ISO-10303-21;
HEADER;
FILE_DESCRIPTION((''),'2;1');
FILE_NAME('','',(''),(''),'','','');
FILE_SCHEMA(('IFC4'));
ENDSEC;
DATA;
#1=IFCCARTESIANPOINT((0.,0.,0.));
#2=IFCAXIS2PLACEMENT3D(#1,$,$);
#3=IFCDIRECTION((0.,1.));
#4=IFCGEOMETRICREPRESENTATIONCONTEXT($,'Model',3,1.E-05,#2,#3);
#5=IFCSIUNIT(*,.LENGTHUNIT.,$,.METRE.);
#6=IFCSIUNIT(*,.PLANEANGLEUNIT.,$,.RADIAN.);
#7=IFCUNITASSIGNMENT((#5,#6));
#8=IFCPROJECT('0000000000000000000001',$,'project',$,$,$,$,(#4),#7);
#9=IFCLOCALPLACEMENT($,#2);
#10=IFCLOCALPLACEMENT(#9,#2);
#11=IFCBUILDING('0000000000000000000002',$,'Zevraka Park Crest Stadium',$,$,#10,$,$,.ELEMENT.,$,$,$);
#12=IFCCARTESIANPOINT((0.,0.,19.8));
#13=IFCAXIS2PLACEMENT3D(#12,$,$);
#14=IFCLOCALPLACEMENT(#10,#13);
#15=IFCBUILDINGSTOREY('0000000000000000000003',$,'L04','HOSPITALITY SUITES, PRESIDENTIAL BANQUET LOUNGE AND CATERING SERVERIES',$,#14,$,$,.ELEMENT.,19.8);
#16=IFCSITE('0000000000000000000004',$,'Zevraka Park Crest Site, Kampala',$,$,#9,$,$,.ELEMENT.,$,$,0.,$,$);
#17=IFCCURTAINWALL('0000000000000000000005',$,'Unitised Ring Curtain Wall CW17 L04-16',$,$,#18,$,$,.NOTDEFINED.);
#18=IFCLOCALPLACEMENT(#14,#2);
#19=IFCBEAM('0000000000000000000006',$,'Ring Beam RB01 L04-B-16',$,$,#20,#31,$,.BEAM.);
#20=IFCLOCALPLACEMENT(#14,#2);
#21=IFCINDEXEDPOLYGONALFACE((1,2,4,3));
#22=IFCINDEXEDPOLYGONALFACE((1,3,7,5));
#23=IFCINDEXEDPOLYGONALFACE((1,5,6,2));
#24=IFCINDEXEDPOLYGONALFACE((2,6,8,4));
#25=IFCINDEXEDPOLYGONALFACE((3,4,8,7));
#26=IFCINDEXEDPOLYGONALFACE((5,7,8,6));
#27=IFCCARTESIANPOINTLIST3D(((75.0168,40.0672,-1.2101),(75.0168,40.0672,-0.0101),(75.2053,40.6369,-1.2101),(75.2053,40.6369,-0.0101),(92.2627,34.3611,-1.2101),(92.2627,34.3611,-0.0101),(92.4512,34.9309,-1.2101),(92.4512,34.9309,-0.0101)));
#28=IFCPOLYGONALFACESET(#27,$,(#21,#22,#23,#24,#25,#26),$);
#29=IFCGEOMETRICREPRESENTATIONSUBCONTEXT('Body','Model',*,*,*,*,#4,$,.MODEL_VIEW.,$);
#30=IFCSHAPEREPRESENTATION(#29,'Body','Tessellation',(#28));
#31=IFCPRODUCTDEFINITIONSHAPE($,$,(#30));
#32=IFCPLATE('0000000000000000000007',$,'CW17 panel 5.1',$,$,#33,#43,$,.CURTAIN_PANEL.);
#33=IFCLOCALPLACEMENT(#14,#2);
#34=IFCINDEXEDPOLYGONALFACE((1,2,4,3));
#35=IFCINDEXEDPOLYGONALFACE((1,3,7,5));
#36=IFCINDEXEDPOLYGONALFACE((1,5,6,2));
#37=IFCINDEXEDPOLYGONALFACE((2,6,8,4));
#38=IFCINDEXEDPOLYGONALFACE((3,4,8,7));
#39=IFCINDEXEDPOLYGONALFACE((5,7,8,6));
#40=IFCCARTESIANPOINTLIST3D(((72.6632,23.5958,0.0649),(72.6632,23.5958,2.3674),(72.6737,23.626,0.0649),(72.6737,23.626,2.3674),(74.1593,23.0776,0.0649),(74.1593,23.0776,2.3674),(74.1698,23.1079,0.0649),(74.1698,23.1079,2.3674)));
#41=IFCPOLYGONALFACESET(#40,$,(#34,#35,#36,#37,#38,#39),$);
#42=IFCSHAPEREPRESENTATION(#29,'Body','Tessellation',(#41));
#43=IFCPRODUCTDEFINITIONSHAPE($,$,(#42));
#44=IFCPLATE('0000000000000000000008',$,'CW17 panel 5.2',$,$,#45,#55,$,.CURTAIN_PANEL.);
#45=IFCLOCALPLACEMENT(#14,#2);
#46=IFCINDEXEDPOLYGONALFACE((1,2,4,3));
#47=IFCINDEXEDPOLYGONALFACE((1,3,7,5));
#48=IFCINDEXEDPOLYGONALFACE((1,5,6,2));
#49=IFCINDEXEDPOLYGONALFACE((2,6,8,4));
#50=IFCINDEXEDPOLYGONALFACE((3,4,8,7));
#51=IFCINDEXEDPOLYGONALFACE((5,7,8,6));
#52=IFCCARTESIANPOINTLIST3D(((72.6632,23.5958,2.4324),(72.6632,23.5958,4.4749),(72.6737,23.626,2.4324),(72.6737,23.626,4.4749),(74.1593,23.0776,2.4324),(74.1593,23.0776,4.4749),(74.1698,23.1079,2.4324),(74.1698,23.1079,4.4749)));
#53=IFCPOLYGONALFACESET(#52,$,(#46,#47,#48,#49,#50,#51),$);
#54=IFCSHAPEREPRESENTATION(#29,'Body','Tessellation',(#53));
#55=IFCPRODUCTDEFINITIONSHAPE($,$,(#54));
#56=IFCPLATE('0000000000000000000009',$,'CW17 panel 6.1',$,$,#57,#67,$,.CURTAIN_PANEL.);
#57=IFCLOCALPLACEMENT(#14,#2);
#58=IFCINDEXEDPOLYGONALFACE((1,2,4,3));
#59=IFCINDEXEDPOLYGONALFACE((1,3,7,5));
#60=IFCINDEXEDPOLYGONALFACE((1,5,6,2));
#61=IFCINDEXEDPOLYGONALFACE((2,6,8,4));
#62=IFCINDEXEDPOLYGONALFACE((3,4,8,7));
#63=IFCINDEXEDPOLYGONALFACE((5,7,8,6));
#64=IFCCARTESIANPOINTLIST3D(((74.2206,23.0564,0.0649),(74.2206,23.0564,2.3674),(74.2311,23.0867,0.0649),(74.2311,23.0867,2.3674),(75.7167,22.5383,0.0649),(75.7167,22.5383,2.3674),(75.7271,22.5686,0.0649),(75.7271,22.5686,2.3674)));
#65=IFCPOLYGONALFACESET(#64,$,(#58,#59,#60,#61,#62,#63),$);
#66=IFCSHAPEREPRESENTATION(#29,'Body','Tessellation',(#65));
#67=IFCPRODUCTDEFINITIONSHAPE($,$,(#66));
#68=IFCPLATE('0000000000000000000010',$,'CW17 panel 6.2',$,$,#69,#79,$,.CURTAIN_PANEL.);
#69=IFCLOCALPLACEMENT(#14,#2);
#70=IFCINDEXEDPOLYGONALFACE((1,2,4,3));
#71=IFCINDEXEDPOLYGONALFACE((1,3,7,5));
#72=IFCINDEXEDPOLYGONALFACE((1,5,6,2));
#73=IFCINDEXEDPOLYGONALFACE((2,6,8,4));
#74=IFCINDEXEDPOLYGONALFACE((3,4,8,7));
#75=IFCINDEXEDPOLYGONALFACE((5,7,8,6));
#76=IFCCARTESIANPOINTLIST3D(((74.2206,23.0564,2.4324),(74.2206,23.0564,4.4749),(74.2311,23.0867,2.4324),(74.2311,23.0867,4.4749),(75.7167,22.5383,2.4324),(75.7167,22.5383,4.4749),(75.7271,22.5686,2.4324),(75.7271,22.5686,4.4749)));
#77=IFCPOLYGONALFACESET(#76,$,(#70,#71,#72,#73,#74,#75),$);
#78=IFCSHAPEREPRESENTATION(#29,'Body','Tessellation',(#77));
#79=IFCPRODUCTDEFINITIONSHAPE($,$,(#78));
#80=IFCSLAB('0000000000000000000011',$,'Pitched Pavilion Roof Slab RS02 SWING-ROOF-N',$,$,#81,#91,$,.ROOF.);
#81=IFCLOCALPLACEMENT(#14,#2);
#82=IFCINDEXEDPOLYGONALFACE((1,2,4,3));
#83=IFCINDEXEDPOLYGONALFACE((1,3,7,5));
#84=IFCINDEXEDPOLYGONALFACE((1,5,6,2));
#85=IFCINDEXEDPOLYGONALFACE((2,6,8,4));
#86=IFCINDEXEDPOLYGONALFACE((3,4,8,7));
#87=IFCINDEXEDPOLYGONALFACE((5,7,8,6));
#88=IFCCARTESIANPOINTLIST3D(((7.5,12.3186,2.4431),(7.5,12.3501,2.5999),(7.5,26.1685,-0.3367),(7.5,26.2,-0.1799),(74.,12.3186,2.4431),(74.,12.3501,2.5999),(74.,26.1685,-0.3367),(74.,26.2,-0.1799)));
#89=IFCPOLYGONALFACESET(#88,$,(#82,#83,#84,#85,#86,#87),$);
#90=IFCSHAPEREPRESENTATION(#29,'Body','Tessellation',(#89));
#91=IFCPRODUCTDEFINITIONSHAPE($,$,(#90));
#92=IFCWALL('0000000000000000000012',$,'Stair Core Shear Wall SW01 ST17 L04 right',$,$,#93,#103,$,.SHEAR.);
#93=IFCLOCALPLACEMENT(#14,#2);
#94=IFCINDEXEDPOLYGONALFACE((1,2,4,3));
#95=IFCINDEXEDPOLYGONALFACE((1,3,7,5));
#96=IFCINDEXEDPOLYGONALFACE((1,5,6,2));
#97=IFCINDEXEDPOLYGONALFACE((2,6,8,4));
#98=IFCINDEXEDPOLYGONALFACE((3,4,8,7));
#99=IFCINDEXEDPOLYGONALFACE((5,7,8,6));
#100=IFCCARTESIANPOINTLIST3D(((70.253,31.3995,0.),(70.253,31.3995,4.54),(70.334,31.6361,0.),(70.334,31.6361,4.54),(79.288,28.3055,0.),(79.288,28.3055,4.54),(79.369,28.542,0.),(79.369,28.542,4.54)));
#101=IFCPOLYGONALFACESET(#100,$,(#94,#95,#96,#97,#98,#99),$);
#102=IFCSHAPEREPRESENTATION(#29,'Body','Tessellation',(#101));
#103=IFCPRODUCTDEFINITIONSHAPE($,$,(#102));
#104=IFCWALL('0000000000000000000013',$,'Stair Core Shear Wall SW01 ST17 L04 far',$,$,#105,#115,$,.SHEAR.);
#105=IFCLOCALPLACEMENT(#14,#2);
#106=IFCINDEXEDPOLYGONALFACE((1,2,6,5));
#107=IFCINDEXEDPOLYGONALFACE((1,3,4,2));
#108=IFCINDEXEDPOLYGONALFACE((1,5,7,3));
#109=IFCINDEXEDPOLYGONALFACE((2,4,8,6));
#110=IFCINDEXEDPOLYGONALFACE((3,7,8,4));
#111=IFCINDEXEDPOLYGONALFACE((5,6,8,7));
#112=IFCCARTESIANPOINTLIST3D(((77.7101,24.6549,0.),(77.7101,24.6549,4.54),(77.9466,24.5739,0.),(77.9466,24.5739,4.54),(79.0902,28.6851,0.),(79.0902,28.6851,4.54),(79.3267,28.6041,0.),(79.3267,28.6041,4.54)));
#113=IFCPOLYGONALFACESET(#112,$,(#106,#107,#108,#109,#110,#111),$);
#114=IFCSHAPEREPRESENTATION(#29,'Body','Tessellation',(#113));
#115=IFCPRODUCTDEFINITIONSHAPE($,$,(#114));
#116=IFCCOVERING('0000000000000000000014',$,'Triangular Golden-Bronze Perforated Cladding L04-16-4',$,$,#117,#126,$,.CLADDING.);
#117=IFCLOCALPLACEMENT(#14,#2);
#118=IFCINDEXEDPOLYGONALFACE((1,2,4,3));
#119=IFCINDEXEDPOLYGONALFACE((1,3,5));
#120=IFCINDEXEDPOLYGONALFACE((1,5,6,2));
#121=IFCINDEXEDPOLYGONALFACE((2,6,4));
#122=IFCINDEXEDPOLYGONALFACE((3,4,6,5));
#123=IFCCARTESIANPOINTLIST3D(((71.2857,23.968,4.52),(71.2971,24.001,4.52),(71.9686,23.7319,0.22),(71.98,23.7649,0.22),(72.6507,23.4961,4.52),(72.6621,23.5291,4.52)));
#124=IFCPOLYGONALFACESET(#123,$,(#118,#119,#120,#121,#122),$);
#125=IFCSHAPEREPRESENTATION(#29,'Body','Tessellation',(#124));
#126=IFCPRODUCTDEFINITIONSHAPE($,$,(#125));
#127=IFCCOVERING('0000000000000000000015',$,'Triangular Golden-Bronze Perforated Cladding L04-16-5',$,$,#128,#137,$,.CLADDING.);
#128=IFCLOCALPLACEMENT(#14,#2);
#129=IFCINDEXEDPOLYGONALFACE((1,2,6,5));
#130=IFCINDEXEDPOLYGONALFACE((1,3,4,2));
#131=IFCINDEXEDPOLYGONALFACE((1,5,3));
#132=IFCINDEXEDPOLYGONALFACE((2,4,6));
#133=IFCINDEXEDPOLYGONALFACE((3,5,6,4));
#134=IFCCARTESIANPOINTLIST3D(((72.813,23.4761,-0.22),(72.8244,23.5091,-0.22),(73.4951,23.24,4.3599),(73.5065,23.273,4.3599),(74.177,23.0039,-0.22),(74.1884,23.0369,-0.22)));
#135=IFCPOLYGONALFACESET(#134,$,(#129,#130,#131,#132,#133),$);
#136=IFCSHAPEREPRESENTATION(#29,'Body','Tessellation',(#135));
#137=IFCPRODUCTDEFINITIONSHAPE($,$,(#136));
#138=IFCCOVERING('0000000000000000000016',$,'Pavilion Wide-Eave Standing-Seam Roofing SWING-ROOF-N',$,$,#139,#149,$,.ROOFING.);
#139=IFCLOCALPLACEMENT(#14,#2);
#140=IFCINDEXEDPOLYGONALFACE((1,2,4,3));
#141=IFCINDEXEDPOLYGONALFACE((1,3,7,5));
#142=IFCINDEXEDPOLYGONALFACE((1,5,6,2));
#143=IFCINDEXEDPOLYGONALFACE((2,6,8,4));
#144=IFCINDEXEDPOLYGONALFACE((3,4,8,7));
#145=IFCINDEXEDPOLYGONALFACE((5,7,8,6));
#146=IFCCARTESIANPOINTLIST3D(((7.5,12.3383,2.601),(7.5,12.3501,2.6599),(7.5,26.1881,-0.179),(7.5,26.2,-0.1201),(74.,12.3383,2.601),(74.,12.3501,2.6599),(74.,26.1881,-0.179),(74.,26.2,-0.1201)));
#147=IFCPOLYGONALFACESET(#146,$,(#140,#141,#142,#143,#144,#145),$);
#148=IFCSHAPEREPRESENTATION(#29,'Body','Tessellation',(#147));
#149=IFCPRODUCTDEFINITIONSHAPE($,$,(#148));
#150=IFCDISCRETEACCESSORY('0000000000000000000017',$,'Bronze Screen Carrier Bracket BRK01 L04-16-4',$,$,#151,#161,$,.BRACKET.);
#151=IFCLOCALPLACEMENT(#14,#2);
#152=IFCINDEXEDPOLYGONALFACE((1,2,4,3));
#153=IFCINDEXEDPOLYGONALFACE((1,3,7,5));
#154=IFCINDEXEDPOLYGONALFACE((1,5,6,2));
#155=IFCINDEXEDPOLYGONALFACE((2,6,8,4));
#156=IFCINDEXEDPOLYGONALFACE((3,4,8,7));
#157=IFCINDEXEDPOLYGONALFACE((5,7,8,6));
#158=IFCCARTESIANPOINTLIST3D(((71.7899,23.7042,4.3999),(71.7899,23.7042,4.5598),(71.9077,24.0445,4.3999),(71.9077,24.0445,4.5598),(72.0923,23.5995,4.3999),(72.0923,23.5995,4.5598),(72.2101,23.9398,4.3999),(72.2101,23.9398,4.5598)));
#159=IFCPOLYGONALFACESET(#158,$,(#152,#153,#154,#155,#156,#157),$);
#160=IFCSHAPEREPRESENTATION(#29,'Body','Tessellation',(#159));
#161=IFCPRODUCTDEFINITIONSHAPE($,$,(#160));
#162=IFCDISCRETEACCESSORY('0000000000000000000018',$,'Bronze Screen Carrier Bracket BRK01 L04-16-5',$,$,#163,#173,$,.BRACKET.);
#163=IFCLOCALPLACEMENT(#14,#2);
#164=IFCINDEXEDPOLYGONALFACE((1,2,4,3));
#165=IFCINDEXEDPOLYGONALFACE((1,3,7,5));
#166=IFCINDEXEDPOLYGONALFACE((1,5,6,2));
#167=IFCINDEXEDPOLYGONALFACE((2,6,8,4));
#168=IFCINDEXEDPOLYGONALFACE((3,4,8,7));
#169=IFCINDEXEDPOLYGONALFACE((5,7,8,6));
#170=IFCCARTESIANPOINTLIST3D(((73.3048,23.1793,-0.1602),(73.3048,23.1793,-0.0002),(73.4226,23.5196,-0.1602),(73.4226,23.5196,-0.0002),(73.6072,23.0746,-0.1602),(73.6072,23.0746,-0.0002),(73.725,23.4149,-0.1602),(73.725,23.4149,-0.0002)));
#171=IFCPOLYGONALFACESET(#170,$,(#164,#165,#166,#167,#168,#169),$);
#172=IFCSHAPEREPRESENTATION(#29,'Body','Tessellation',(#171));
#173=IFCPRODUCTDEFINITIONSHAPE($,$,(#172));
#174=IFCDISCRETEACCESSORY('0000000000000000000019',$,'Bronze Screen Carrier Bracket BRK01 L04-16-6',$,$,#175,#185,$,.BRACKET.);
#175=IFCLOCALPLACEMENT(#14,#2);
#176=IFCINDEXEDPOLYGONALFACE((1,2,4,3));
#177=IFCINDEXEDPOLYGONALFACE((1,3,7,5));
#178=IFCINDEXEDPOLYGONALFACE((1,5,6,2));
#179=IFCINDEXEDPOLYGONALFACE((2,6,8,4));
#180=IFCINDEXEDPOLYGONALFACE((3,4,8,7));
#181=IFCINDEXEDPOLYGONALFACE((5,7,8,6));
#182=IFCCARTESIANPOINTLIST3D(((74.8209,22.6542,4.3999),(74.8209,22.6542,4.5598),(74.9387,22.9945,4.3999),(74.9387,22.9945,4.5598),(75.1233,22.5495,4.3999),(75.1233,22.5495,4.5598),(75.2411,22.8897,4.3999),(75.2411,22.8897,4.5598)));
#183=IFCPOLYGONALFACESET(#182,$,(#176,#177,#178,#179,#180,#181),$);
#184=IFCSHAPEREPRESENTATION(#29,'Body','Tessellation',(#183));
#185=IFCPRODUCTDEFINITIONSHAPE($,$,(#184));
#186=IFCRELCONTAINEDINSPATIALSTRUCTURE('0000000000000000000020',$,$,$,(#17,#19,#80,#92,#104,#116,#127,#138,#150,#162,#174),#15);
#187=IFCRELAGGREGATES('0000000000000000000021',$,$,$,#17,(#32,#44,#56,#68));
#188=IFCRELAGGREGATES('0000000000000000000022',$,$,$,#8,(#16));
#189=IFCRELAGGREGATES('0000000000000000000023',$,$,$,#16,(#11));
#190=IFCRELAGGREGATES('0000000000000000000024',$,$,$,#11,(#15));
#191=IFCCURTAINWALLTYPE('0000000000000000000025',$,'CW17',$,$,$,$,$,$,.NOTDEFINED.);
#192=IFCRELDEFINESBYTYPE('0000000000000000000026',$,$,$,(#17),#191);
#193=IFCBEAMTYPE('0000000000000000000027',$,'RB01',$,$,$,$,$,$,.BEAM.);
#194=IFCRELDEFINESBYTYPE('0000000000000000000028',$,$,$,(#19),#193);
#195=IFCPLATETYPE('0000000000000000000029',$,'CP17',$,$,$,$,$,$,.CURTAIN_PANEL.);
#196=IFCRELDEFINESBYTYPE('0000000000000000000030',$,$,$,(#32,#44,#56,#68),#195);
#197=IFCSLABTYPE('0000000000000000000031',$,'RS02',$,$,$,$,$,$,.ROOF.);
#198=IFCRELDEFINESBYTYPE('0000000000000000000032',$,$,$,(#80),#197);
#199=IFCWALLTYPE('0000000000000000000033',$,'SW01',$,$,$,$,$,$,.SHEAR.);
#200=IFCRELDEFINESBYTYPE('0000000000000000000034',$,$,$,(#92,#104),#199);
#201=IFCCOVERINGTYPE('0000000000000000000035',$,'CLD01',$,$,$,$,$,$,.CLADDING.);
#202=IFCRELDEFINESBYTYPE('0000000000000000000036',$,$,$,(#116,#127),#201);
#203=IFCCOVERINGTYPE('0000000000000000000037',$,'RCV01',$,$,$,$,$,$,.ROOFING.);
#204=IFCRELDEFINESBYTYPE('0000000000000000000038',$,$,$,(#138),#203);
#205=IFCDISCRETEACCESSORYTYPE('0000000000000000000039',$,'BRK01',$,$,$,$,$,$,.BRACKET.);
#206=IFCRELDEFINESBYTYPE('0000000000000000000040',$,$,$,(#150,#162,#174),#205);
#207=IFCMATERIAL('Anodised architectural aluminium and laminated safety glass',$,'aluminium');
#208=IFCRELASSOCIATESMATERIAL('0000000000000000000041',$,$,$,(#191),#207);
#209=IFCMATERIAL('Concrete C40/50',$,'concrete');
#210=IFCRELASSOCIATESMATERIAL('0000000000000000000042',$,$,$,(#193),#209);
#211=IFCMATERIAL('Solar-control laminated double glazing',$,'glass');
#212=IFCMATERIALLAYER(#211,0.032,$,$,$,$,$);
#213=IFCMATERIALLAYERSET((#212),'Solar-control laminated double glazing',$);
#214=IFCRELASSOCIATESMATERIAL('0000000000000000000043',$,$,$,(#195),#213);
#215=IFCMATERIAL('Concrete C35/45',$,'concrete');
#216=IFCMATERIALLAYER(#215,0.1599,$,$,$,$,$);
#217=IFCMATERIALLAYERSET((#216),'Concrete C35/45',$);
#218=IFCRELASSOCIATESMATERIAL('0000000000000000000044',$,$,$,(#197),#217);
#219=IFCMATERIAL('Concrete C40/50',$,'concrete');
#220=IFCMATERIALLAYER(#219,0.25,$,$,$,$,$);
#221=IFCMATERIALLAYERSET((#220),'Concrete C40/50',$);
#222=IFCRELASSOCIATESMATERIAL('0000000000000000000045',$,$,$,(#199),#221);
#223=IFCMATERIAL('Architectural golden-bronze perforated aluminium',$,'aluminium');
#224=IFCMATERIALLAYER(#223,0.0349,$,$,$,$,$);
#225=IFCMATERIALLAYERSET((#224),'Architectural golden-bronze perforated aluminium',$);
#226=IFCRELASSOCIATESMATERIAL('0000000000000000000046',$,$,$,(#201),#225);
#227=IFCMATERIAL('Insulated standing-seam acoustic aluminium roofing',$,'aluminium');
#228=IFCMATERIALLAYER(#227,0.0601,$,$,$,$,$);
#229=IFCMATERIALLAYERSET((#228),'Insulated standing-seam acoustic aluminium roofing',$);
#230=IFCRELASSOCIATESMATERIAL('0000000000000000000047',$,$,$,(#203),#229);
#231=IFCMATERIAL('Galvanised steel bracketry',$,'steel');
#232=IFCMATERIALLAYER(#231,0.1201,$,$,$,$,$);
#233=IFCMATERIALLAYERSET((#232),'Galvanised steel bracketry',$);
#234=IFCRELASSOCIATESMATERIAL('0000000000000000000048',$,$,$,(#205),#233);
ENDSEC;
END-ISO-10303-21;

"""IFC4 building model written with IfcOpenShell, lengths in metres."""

from ifc_helpers import new_model, si_unit, direction, frame, frame_2d, origin, origin_2d, place, context, subcontext, project, spatial, polyline, rectangle, outline, extrude, material, layer, layer_set, material_profile, profile_set, type_object, element, aggregate, save


model = new_model("IFC4")

# Units and contexts
model_context = context("Model", 3, precision=1e-05, world=origin(), true_north=direction((0.0, 1.0)))
body_context = subcontext(model_context, "Body", "Model", "MODEL_VIEW")
ifc_project = project(units=[si_unit("LENGTHUNIT", "METRE"), si_unit("PLANEANGLEUNIT", "RADIAN")], contexts=[model_context])

# Site, building, storey
site_placement = place(None, origin())
site = spatial("IfcSite", under=ifc_project, at=site_placement, Name="Zevraka Park Crest Site, Kampala", CompositionType="ELEMENT", RefElevation=0.0)
building_placement = place(site_placement, origin())
building = spatial("IfcBuilding", under=site, at=building_placement, Name="Zevraka Park Crest Stadium", CompositionType="ELEMENT")
storey_placement = place(building_placement, frame((0.0, 0.0, 19.8)))
storey = spatial("IfcBuildingStorey", under=building, at=storey_placement, Name="L04", Description="HOSPITALITY SUITES, PRESIDENTIAL BANQUET LOUNGE AND CATERING SERVERIES", CompositionType="ELEMENT", Elevation=19.8)

# Curtain wall
ifc_material_1 = material(Name="Anodised architectural aluminium and laminated safety glass", Category="aluminium")
curtain_wall_type = type_object("IfcCurtainWallType", Name="CW17", PredefinedType="NOTDEFINED", material=ifc_material_1)
curtain_wall_placement = place(storey_placement, origin())
curtain_wall = element("IfcCurtainWall", 1, at=curtain_wall_placement, inside=storey, type_object=curtain_wall_type, Name="Unitised Ring Curtain Wall CW17 L04-16", PredefinedType="NOTDEFINED")

# Beam
ifc_material_2 = material(Name="Concrete C40/50", Category="concrete")
ifc_material_profile_1 = material_profile(ifc_material_2, rectangle(XDim=0.6001, YDim=1.2, at=origin_2d()), Name="RC 1200x600")
ifc_profile_set_1 = profile_set([ifc_material_profile_1], Name="Concrete C40/50")
beam_type_1 = type_object("IfcBeamType", Name="RB01", PredefinedType="BEAM", material=ifc_profile_set_1)
beam_1_placement = place(storey_placement, frame((75.1111, 40.3521, -0.6101), z_axis=(0.949384, -0.314118, 0.0), x_axis=(0.314118, 0.949384, 0.0)))
element("IfcBeam", 2, at=beam_1_placement, inside=storey, type_object=beam_type_1, Name="Ring Beam RB01 L04-B-16", PredefinedType="BEAM", context=body_context, shape_type="SweptSolid", body=[
    extrude(rectangle(XDim=0.6001, YDim=1.2, at=origin_2d()), origin(), (0.0, 0.0, 1.0), 18.1653),
])

# Plates
ifc_material_3 = material(Name="Solar-control laminated double glazing", Category="glass")
ifc_layer_1 = layer(ifc_material_3, 0.032)
ifc_layer_set_1 = layer_set([ifc_layer_1], Name="Solar-control laminated double glazing")
plate_type = type_object("IfcPlateType", Name="CP17", PredefinedType="CURTAIN_PANEL", material=ifc_layer_set_1)
plate_1_placement = place(storey_placement, frame((73.4165, 23.3518, 0.0649), z_axis=(0.0, 0.0, 1.0), x_axis=(0.94494, -0.327245, 0.0)))
plate_1 = element("IfcPlate", 3, at=plate_1_placement, type_object=plate_type, Name="CW17 panel 5.1", PredefinedType="CURTAIN_PANEL", context=body_context, shape_type="SweptSolid", body=[
    extrude(rectangle(XDim=1.5833, YDim=0.032, at=origin_2d()), origin(), (0.0, 0.0, 1.0), 2.3025),
])
plate_2_placement = place(storey_placement, frame((73.4165, 23.3518, 2.4324), z_axis=(0.0, 0.0, 1.0), x_axis=(0.94494, -0.327245, 0.0)))
plate_2 = element("IfcPlate", 4, at=plate_2_placement, type_object=plate_type, Name="CW17 panel 5.2", PredefinedType="CURTAIN_PANEL", context=body_context, shape_type="SweptSolid", body=[
    extrude(rectangle(XDim=1.5833, YDim=0.032, at=origin_2d()), origin(), (0.0, 0.0, 1.0), 2.0425),
])
plate_3_placement = place(storey_placement, frame((74.9739, 22.8125, 0.0649), z_axis=(0.0, 0.0, 1.0), x_axis=(0.94494, -0.327245, 0.0)))
plate_3 = element("IfcPlate", 5, at=plate_3_placement, type_object=plate_type, Name="CW17 panel 6.1", PredefinedType="CURTAIN_PANEL", context=body_context, shape_type="SweptSolid", body=[
    extrude(rectangle(XDim=1.5833, YDim=0.032, at=origin_2d()), origin(), (0.0, 0.0, 1.0), 2.3025),
])
plate_4_placement = place(storey_placement, frame((74.9739, 22.8125, 2.4324), z_axis=(0.0, 0.0, 1.0), x_axis=(0.94494, -0.327245, 0.0)))
plate_4 = element("IfcPlate", 6, at=plate_4_placement, type_object=plate_type, Name="CW17 panel 6.2", PredefinedType="CURTAIN_PANEL", context=body_context, shape_type="SweptSolid", body=[
    extrude(rectangle(XDim=1.5833, YDim=0.032, at=origin_2d()), origin(), (0.0, 0.0, 1.0), 2.0425),
])
aggregate(curtain_wall, [plate_1, plate_2, plate_3, plate_4])

# Slab
ifc_material_4 = material(Name="Concrete C35/45", Category="concrete")
ifc_layer_2 = layer(ifc_material_4, 0.1599)
ifc_layer_set_2 = layer_set([ifc_layer_2], Name="Concrete C35/45")
slab_type = type_object("IfcSlabType", Name="RS02", PredefinedType="ROOF", material=ifc_layer_set_2)
slab_placement = place(storey_placement, frame((74.0, 26.2, -0.1799), z_axis=(0.0, 0.196784, 0.980447), x_axis=(-1.0, 0.0, 0.0)))
element("IfcSlab", 7, at=slab_placement, inside=storey, type_object=slab_type, Name="Pitched Pavilion Roof Slab RS02 SWING-ROOF-N", PredefinedType="ROOF", context=body_context, shape_type="SweptSolid", body=[
    extrude(outline(polyline([(0.0, 0.0), (66.5, 0.0), (66.5, 14.1261), (0.0, 14.1261), (0.0, 0.0)])), origin(), (0.0, 0.0, -1.0), 0.1599),
])

# Walls
ifc_material_5 = material(Name="Concrete C40/50", Category="concrete")
ifc_layer_3 = layer(ifc_material_5, 0.25)
ifc_layer_set_3 = layer_set([ifc_layer_3], Name="Concrete C40/50")
wall_type = type_object("IfcWallType", Name="SW01", PredefinedType="SHEAR", material=ifc_layer_set_3)
wall_1_placement = place(storey_placement, frame((79.3284, 28.4238, 0.0), z_axis=(0.0, 0.0, 1.0), x_axis=(-0.946064, 0.323979, 0.0)))
element("IfcWall", 8, at=wall_1_placement, inside=storey, type_object=wall_type, Name="Stair Core Shear Wall SW01 ST17 L04 right", PredefinedType="SHEAR", context=body_context, shape_type="SweptSolid", body=[
    extrude(rectangle(XDim=9.55, YDim=0.25, at=frame_2d((4.7749, 0.0))), origin(), (0.0, 0.0, 1.0), 4.54),
])
wall_2_placement = place(storey_placement, frame((77.8284, 24.6145, 0.0), z_axis=(0.0, 0.0, 1.0), x_axis=(0.323971, 0.946067, 0.0)))
element("IfcWall", 9, at=wall_2_placement, inside=storey, type_object=wall_type, Name="Stair Core Shear Wall SW01 ST17 L04 far", PredefinedType="SHEAR", context=body_context, shape_type="SweptSolid", body=[
    extrude(rectangle(XDim=4.26, YDim=0.25, at=frame_2d((2.1299, 0.0))), origin(), (0.0, 0.0, 1.0), 4.54),
])

# Coverings
ifc_material_6 = material(Name="Architectural golden-bronze perforated aluminium", Category="aluminium")
ifc_layer_4 = layer(ifc_material_6, 0.0349)
ifc_layer_set_4 = layer_set([ifc_layer_4], Name="Architectural golden-bronze perforated aluminium")
covering_type_1 = type_object("IfcCoveringType", Name="CLD01", PredefinedType="CLADDING", material=ifc_layer_set_4)
covering_1_placement = place(storey_placement, frame((72.6621, 23.5291, 4.52), z_axis=(0.326756, 0.945109, 0.000001), x_axis=(-0.945109, 0.326756, 0.0)))
element("IfcCovering", 10, at=covering_1_placement, inside=storey, type_object=covering_type_1, Name="Triangular Golden-Bronze Perforated Cladding L04-16-4", PredefinedType="CLADDING", context=body_context, shape_type="SweptSolid", body=[
    extrude(outline(polyline([(0.0, 0.0), (1.4443, 0.0), (0.7217, -4.3), (0.0, 0.0)])), origin(), (0.0, 0.0, -1.0), 0.0349),
])
covering_2_placement = place(storey_placement, frame((72.813, 23.4761, -0.22), z_axis=(-0.327116, -0.944984, 0.000009), x_axis=(0.944984, -0.327116, 0.0)))
element("IfcCovering", 11, at=covering_2_placement, inside=storey, type_object=covering_type_1, Name="Triangular Golden-Bronze Perforated Cladding L04-16-5", PredefinedType="CLADDING", context=body_context, shape_type="SweptSolid", body=[
    extrude(outline(polyline([(0.0, 0.0), (1.4434, 0.0), (0.7218, 4.5798), (0.0, 0.0)])), origin(), (0.0, 0.0, -1.0), 0.0349),
])
ifc_material_7 = material(Name="Insulated standing-seam acoustic aluminium roofing", Category="aluminium")
ifc_layer_5 = layer(ifc_material_7, 0.0601)
ifc_layer_set_5 = layer_set([ifc_layer_5], Name="Insulated standing-seam acoustic aluminium roofing")
covering_type_2 = type_object("IfcCoveringType", Name="RCV01", PredefinedType="ROOFING", material=ifc_layer_set_5)
covering_3_placement = place(storey_placement, frame((74.0, 26.2, -0.1201), z_axis=(0.0, 0.196801, 0.980444), x_axis=(-1.0, 0.0, 0.0)))
element("IfcCovering", 12, at=covering_3_placement, inside=storey, type_object=covering_type_2, Name="Pavilion Wide-Eave Standing-Seam Roofing SWING-ROOF-N", PredefinedType="ROOFING", context=body_context, shape_type="SweptSolid", body=[
    extrude(outline(polyline([(0.0, 0.0), (66.5, 0.0), (66.5, 14.1261), (0.0, 14.1261), (0.0, 0.0)])), origin(), (0.0, 0.0, -1.0), 0.0601),
])

# Discrete accessories
ifc_material_8 = material(Name="Galvanised steel bracketry", Category="steel")
ifc_layer_6 = layer(ifc_material_8, 0.1201)
ifc_layer_set_6 = layer_set([ifc_layer_6], Name="Galvanised steel bracketry")
discrete_accessory_type = type_object("IfcDiscreteAccessoryType", Name="BRK01", PredefinedType="BRACKET", material=ifc_layer_set_6)
for number, where, z_axis, x_axis, name in (
    (13, (72.0, 23.822, 4.3999), (0.0, 0.0, 1.0), (0.944949, -0.327218, 0.0), "Bronze Screen Carrier Bracket BRK01 L04-16-4"),
    (14, (73.5149, 23.2971, -0.1602), (0.0, 0.0, 1.0), (0.944949, -0.327218, 0.0), "Bronze Screen Carrier Bracket BRK01 L04-16-5"),
    (15, (75.031, 22.772, 4.3999), (0.0, 0.0, 1.0), (0.944949, -0.327218, 0.0), "Bronze Screen Carrier Bracket BRK01 L04-16-6"),
):
    element("IfcDiscreteAccessory", number, at=place(storey_placement, frame(where, z_axis=z_axis, x_axis=x_axis)), inside=storey, type_object=discrete_accessory_type, Name=name, PredefinedType="BRACKET", context=body_context, shape_type="SweptSolid", body=[
        extrude(rectangle(XDim=0.3201, YDim=0.3601, at=origin_2d()), origin(), (0.0, 0.0, 1.0), 0.1599),
    ])

save(model, "model.ifc")
